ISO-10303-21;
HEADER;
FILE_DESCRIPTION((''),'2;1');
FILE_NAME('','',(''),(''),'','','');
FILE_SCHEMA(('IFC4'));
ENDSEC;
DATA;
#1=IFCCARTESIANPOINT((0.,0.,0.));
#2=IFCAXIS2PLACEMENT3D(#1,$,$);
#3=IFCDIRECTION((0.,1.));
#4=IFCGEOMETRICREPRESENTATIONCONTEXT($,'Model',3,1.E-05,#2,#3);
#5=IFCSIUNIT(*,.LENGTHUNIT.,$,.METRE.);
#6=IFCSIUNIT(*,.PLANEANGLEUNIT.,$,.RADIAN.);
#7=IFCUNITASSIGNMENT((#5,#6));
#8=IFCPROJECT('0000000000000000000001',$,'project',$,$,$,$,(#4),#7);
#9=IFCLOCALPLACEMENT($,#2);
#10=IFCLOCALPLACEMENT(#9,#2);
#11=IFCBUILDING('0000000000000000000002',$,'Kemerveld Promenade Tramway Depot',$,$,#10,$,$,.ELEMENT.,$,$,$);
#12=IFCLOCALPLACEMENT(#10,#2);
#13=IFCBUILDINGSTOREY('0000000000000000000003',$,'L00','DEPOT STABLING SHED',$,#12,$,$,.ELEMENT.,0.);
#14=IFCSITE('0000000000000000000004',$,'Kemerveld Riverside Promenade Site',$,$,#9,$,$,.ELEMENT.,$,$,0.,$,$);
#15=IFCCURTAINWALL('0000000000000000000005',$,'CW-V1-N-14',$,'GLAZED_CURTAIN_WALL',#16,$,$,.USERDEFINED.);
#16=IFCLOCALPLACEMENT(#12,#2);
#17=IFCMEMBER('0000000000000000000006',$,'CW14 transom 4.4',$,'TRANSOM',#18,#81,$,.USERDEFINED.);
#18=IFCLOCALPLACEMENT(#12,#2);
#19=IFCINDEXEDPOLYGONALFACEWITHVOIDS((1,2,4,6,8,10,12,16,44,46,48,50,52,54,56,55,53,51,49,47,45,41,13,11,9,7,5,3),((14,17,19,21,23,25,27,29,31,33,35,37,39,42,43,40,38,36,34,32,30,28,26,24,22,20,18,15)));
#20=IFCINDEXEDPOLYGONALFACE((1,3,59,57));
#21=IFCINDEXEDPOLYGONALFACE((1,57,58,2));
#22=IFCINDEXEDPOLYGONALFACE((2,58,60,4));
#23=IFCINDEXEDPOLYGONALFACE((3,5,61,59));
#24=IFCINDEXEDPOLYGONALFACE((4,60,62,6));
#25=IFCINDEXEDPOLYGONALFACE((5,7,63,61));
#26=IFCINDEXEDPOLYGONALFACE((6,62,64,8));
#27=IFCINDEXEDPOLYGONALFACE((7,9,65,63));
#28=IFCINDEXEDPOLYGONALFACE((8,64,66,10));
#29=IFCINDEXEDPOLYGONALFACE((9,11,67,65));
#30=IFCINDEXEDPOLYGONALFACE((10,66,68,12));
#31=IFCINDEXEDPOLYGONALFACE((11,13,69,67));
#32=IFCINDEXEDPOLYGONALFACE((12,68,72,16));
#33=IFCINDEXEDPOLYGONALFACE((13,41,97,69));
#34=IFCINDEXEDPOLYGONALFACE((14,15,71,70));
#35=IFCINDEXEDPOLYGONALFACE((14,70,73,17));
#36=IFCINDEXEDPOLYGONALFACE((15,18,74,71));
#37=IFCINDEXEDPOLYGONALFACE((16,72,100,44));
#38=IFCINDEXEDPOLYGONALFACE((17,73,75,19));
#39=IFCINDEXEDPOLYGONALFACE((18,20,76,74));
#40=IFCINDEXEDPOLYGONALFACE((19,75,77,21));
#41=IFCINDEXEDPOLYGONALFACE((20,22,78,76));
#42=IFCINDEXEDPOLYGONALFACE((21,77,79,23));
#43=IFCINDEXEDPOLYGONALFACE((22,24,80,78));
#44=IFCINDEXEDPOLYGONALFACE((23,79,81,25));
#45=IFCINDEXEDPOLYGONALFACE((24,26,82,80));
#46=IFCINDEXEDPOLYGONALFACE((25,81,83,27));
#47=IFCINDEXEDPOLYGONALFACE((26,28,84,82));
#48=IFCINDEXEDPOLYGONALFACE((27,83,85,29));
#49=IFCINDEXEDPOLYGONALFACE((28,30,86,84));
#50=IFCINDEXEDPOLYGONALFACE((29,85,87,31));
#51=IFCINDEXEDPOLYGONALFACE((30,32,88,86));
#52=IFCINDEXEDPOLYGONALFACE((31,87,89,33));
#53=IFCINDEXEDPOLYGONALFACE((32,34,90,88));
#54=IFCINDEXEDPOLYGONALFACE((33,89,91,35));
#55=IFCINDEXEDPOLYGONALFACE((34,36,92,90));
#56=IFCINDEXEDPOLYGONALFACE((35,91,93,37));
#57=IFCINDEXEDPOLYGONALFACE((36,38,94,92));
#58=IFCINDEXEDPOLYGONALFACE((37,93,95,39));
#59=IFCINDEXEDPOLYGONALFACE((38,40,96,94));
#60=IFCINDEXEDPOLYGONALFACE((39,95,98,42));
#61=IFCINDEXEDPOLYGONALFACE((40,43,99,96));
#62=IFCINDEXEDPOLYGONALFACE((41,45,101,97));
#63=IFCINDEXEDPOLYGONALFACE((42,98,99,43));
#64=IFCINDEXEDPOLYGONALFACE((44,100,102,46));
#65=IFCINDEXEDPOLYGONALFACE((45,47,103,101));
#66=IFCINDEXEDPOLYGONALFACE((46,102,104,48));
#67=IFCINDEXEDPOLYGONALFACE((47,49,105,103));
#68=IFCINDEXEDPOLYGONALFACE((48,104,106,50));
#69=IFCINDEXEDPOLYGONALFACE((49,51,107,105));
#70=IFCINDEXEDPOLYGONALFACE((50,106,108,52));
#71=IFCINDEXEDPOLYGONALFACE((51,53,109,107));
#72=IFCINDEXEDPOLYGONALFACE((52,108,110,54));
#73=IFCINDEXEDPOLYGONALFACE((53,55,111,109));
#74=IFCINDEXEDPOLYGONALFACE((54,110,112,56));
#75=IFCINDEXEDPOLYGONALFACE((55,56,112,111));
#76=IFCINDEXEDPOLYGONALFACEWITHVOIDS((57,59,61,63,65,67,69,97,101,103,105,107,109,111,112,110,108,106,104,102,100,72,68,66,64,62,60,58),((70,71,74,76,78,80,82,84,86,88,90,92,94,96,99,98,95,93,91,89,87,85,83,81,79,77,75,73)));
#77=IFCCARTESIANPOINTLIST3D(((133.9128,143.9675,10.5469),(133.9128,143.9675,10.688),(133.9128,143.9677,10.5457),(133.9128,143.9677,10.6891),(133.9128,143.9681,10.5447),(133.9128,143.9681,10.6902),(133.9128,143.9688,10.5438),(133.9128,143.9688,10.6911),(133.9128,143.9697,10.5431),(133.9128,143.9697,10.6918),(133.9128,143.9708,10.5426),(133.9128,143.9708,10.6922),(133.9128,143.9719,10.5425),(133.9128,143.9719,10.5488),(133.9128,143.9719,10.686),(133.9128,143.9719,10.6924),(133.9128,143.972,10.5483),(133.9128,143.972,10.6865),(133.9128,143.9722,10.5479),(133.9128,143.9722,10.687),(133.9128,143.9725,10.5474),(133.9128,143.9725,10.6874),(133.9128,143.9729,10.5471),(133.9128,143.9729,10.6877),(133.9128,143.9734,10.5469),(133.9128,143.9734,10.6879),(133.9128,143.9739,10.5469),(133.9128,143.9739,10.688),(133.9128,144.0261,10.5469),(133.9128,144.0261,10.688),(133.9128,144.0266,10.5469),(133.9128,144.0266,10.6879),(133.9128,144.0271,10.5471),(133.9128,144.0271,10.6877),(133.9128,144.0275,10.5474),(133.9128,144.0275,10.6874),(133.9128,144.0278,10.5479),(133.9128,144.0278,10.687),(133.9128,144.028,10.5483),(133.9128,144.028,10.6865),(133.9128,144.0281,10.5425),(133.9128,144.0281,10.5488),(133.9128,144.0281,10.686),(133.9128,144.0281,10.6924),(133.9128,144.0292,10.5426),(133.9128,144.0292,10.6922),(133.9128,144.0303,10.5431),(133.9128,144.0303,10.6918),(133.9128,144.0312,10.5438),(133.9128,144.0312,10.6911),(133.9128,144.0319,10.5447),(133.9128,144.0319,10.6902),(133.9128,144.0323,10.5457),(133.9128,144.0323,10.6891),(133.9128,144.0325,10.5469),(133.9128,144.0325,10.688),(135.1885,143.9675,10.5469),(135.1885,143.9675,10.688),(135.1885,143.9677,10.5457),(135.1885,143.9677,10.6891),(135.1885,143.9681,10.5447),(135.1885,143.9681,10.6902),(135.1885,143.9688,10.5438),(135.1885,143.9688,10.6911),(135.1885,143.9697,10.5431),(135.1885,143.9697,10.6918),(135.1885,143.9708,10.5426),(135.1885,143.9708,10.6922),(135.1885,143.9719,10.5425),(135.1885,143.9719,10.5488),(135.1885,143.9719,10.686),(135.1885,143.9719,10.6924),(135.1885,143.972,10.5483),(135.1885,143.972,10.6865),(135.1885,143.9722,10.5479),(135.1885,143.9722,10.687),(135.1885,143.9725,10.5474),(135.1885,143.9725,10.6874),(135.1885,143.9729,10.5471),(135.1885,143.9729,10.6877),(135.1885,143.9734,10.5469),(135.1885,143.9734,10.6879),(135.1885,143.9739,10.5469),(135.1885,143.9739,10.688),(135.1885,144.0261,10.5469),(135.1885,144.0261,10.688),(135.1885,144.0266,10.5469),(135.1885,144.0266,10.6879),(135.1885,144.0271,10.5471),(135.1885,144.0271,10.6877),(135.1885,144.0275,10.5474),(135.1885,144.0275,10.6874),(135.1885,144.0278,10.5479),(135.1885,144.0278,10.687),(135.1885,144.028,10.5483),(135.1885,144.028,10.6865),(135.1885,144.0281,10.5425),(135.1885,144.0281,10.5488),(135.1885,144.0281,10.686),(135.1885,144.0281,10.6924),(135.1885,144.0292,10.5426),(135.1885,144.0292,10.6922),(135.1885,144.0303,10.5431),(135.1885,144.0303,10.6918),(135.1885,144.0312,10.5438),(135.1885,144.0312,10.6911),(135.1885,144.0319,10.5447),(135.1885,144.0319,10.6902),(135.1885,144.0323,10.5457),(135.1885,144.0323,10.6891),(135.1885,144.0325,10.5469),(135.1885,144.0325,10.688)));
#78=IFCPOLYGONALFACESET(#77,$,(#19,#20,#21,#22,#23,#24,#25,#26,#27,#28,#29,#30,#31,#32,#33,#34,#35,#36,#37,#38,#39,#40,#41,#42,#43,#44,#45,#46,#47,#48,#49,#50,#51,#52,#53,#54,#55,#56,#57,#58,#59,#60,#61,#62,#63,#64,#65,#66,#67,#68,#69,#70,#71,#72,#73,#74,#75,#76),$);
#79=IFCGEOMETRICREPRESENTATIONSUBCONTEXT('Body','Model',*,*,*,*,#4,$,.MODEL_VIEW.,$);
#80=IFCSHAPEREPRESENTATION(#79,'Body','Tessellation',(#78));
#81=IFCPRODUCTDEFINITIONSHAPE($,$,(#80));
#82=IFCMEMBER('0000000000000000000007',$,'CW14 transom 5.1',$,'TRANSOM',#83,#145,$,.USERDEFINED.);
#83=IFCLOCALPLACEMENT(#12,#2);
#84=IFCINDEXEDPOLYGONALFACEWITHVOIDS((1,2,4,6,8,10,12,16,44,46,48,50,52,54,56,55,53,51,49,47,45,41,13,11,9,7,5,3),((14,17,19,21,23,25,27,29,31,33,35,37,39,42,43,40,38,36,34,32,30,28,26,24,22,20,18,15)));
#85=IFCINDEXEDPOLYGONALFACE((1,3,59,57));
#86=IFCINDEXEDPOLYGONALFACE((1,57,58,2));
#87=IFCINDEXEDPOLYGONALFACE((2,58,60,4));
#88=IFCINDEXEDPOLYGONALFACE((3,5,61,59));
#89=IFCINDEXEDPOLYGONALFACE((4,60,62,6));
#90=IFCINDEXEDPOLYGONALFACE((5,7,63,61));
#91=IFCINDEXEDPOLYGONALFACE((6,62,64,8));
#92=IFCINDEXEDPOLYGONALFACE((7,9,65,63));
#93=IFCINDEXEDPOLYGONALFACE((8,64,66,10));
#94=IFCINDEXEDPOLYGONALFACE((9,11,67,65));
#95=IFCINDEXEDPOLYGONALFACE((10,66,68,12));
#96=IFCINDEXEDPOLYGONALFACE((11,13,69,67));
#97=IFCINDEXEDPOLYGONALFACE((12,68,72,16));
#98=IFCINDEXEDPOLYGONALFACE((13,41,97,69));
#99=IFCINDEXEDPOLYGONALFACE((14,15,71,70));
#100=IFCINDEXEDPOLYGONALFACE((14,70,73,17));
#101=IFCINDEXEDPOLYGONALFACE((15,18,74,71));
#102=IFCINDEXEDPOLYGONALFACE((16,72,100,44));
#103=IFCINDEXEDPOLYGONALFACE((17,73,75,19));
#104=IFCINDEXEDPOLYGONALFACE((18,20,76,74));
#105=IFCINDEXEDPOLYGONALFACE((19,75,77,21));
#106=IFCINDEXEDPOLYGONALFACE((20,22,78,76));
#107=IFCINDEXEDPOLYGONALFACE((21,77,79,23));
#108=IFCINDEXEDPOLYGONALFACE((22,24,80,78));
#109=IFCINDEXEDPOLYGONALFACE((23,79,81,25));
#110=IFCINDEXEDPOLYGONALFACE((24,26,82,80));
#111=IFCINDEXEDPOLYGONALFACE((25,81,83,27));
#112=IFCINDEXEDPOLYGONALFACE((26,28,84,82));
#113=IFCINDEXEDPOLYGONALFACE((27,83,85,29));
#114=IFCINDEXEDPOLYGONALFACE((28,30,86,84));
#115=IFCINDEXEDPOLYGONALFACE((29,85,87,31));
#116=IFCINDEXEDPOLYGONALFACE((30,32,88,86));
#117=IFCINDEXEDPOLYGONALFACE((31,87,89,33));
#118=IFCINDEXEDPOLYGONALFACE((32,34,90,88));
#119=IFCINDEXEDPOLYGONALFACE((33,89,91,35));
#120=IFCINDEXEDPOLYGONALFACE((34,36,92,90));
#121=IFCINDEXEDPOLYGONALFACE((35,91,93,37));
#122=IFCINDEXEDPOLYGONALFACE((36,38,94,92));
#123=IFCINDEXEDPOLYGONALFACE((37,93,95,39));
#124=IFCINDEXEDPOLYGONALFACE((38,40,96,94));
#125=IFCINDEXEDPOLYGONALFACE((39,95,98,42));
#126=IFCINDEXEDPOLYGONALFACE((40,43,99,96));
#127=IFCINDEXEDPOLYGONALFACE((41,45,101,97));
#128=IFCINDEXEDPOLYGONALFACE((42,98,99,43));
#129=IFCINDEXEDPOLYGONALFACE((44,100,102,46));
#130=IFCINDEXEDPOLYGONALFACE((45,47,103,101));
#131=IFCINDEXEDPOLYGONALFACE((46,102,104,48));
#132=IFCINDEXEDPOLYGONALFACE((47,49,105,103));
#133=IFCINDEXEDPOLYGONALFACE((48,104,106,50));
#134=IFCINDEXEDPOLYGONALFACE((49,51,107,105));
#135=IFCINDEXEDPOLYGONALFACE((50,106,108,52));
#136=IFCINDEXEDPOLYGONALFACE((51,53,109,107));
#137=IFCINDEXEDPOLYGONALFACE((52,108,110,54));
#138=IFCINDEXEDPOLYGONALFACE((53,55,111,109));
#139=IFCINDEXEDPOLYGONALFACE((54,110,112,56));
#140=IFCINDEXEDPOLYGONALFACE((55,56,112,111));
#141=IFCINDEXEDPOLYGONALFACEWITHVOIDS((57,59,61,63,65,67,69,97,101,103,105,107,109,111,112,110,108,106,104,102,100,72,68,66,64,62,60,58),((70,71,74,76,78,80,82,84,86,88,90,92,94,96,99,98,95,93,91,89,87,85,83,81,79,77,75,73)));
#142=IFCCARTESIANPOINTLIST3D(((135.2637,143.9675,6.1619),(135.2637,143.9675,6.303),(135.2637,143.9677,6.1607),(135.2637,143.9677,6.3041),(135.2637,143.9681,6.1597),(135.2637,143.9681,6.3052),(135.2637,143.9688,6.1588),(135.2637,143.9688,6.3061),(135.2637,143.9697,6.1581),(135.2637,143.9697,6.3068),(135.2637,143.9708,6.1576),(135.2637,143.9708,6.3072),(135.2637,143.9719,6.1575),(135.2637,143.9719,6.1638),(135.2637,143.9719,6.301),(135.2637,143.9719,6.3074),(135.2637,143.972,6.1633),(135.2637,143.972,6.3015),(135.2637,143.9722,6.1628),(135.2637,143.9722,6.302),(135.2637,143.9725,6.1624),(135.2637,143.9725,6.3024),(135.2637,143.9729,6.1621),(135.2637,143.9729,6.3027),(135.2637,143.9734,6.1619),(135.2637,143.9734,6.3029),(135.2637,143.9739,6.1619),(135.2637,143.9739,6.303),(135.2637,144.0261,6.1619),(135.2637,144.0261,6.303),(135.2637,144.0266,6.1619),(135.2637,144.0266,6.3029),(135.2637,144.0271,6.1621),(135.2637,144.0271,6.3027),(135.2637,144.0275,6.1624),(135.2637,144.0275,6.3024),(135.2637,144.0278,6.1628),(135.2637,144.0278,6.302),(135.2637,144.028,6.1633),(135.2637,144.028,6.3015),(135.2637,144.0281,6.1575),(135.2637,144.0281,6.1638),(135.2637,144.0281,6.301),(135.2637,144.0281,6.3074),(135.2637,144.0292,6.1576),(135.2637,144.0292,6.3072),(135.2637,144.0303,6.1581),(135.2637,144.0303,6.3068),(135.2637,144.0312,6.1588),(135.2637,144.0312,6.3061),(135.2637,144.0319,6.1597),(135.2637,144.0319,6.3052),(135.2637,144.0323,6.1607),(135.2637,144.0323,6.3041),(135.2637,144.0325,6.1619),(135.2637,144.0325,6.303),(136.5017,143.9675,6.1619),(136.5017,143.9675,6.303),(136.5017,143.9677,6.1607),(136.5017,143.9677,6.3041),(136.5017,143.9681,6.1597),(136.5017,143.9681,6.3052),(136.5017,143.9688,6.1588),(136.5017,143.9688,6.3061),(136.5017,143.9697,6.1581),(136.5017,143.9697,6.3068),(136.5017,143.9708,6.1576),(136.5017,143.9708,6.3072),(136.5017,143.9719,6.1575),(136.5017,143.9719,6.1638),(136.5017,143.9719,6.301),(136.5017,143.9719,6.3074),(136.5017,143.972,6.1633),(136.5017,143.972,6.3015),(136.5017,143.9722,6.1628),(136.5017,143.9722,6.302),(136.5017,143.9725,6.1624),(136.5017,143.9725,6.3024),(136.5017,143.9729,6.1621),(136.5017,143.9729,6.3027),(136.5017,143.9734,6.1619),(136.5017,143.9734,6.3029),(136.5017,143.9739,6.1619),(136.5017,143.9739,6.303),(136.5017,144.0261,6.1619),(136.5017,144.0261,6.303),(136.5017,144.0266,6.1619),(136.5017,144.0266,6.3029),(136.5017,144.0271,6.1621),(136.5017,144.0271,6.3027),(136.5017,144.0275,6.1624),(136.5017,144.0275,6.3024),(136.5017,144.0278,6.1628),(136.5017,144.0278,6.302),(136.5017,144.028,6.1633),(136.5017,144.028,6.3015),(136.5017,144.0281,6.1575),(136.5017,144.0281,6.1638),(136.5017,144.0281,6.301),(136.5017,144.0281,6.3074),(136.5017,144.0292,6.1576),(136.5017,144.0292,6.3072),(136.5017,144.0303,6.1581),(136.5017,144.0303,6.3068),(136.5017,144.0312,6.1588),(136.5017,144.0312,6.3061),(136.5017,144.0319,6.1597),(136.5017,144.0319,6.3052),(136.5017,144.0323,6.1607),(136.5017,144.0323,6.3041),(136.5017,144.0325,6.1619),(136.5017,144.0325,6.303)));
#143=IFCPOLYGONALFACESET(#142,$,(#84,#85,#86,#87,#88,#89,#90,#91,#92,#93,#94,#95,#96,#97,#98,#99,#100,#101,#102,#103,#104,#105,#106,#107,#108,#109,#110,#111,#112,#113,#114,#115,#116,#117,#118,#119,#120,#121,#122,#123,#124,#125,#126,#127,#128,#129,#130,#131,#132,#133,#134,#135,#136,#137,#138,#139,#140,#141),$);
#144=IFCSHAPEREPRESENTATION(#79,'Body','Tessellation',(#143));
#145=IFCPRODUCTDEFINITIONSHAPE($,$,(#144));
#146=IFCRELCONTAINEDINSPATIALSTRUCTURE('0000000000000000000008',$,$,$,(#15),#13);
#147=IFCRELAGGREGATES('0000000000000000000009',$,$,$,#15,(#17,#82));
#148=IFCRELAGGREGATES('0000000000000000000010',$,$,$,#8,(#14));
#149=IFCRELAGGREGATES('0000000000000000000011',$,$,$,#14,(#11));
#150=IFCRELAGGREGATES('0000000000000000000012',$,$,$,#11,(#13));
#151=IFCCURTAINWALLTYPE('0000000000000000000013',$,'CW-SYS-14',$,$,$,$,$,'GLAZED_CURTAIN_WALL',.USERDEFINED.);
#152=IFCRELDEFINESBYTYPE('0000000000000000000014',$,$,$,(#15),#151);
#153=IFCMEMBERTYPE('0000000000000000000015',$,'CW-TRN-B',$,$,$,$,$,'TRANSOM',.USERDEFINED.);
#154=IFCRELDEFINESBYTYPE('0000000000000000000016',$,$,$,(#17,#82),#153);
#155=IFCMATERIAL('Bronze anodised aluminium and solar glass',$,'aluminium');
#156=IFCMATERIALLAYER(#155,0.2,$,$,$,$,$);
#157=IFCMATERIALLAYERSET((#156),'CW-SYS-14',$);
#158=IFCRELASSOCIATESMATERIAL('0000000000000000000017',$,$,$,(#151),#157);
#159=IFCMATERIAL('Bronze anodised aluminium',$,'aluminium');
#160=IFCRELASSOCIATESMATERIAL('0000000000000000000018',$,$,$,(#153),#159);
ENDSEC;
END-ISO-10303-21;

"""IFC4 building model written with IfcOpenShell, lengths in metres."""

from ifc_helpers import new_model, si_unit, direction, frame, origin, origin_2d, place, context, subcontext, project, spatial, hollow_rectangle, extrude, material, layer, layer_set, material_profile, profile_set, type_object, element, aggregate, save


model = new_model("IFC4")

# Units and contexts
model_context = context("Model", 3, precision=1e-05, world=origin(), true_north=direction((0.0, 1.0)))
body_context = subcontext(model_context, "Body", "Model", "MODEL_VIEW")
ifc_project = project(units=[si_unit("LENGTHUNIT", "METRE"), si_unit("PLANEANGLEUNIT", "RADIAN")], contexts=[model_context])

# Site, building, storey
site_placement = place(None, origin())
site = spatial("IfcSite", under=ifc_project, at=site_placement, Name="Kemerveld Riverside Promenade Site", CompositionType="ELEMENT", RefElevation=0.0)
building_placement = place(site_placement, origin())
building = spatial("IfcBuilding", under=site, at=building_placement, Name="Kemerveld Promenade Tramway Depot", CompositionType="ELEMENT")
storey_placement = place(building_placement, origin())
storey = spatial("IfcBuildingStorey", under=building, at=storey_placement, Name="L00", Description="DEPOT STABLING SHED", CompositionType="ELEMENT", Elevation=0.0)

# Shared definitions
ifc_material_1 = material(Name="Bronze anodised aluminium and solar glass", Category="aluminium")
ifc_material_2 = material(Name="Bronze anodised aluminium", Category="aluminium")

# Curtain wall
ifc_layer_1 = layer(ifc_material_1, 0.2)
ifc_layer_set_1 = layer_set([ifc_layer_1], Name="CW-SYS-14")
curtain_wall_type_1 = type_object("IfcCurtainWallType", Name="CW-SYS-14", ElementType="GLAZED_CURTAIN_WALL", PredefinedType="USERDEFINED", material=ifc_layer_set_1)
curtain_wall_1_placement = place(storey_placement, origin())
curtain_wall_1 = element("IfcCurtainWall", 1, at=curtain_wall_1_placement, inside=storey, type_object=curtain_wall_type_1, Name="CW-V1-N-14", ObjectType="GLAZED_CURTAIN_WALL", PredefinedType="USERDEFINED")

# Members
ifc_material_profile_1 = material_profile(ifc_material_2, hollow_rectangle(XDim=0.0649, YDim=0.1499, WallThickness=0.0044, InnerFilletRadius=0.002, OuterFilletRadius=0.0044, at=origin_2d()), Name="CW-TRN-150x65")
ifc_profile_set_1 = profile_set([ifc_material_profile_1], Name="Bronze anodised aluminium")
member_type_1 = type_object("IfcMemberType", Name="CW-TRN-B", ElementType="TRANSOM", PredefinedType="USERDEFINED", material=ifc_profile_set_1)
member_1_placement = place(storey_placement, frame((133.9128, 144.0, 10.6174), z_axis=(1.0, 0.0, 0.0), x_axis=(0.0, 1.0, 0.0)))
member_1 = element("IfcMember", 2, at=member_1_placement, type_object=member_type_1, Name="CW14 transom 4.4", ObjectType="TRANSOM", PredefinedType="USERDEFINED", context=body_context, shape_type="SweptSolid", body=[
    extrude(hollow_rectangle(XDim=0.0649, YDim=0.1499, WallThickness=0.0044, InnerFilletRadius=0.002, OuterFilletRadius=0.0044, at=origin_2d()), origin(), (0.0, 0.0, 1.0), 1.2756),
])
member_2_placement = place(storey_placement, frame((135.2637, 144.0, 6.2324), z_axis=(1.0, 0.0, 0.0), x_axis=(0.0, 1.0, 0.0)))
member_2 = element("IfcMember", 3, at=member_2_placement, type_object=member_type_1, Name="CW14 transom 5.1", ObjectType="TRANSOM", PredefinedType="USERDEFINED", context=body_context, shape_type="SweptSolid", body=[
    extrude(hollow_rectangle(XDim=0.0649, YDim=0.1499, WallThickness=0.0044, InnerFilletRadius=0.002, OuterFilletRadius=0.0044, at=origin_2d()), origin(), (0.0, 0.0, 1.0), 1.238),
])

aggregate(curtain_wall_1, [member_1, member_2])

save(model, "model.ifc")
